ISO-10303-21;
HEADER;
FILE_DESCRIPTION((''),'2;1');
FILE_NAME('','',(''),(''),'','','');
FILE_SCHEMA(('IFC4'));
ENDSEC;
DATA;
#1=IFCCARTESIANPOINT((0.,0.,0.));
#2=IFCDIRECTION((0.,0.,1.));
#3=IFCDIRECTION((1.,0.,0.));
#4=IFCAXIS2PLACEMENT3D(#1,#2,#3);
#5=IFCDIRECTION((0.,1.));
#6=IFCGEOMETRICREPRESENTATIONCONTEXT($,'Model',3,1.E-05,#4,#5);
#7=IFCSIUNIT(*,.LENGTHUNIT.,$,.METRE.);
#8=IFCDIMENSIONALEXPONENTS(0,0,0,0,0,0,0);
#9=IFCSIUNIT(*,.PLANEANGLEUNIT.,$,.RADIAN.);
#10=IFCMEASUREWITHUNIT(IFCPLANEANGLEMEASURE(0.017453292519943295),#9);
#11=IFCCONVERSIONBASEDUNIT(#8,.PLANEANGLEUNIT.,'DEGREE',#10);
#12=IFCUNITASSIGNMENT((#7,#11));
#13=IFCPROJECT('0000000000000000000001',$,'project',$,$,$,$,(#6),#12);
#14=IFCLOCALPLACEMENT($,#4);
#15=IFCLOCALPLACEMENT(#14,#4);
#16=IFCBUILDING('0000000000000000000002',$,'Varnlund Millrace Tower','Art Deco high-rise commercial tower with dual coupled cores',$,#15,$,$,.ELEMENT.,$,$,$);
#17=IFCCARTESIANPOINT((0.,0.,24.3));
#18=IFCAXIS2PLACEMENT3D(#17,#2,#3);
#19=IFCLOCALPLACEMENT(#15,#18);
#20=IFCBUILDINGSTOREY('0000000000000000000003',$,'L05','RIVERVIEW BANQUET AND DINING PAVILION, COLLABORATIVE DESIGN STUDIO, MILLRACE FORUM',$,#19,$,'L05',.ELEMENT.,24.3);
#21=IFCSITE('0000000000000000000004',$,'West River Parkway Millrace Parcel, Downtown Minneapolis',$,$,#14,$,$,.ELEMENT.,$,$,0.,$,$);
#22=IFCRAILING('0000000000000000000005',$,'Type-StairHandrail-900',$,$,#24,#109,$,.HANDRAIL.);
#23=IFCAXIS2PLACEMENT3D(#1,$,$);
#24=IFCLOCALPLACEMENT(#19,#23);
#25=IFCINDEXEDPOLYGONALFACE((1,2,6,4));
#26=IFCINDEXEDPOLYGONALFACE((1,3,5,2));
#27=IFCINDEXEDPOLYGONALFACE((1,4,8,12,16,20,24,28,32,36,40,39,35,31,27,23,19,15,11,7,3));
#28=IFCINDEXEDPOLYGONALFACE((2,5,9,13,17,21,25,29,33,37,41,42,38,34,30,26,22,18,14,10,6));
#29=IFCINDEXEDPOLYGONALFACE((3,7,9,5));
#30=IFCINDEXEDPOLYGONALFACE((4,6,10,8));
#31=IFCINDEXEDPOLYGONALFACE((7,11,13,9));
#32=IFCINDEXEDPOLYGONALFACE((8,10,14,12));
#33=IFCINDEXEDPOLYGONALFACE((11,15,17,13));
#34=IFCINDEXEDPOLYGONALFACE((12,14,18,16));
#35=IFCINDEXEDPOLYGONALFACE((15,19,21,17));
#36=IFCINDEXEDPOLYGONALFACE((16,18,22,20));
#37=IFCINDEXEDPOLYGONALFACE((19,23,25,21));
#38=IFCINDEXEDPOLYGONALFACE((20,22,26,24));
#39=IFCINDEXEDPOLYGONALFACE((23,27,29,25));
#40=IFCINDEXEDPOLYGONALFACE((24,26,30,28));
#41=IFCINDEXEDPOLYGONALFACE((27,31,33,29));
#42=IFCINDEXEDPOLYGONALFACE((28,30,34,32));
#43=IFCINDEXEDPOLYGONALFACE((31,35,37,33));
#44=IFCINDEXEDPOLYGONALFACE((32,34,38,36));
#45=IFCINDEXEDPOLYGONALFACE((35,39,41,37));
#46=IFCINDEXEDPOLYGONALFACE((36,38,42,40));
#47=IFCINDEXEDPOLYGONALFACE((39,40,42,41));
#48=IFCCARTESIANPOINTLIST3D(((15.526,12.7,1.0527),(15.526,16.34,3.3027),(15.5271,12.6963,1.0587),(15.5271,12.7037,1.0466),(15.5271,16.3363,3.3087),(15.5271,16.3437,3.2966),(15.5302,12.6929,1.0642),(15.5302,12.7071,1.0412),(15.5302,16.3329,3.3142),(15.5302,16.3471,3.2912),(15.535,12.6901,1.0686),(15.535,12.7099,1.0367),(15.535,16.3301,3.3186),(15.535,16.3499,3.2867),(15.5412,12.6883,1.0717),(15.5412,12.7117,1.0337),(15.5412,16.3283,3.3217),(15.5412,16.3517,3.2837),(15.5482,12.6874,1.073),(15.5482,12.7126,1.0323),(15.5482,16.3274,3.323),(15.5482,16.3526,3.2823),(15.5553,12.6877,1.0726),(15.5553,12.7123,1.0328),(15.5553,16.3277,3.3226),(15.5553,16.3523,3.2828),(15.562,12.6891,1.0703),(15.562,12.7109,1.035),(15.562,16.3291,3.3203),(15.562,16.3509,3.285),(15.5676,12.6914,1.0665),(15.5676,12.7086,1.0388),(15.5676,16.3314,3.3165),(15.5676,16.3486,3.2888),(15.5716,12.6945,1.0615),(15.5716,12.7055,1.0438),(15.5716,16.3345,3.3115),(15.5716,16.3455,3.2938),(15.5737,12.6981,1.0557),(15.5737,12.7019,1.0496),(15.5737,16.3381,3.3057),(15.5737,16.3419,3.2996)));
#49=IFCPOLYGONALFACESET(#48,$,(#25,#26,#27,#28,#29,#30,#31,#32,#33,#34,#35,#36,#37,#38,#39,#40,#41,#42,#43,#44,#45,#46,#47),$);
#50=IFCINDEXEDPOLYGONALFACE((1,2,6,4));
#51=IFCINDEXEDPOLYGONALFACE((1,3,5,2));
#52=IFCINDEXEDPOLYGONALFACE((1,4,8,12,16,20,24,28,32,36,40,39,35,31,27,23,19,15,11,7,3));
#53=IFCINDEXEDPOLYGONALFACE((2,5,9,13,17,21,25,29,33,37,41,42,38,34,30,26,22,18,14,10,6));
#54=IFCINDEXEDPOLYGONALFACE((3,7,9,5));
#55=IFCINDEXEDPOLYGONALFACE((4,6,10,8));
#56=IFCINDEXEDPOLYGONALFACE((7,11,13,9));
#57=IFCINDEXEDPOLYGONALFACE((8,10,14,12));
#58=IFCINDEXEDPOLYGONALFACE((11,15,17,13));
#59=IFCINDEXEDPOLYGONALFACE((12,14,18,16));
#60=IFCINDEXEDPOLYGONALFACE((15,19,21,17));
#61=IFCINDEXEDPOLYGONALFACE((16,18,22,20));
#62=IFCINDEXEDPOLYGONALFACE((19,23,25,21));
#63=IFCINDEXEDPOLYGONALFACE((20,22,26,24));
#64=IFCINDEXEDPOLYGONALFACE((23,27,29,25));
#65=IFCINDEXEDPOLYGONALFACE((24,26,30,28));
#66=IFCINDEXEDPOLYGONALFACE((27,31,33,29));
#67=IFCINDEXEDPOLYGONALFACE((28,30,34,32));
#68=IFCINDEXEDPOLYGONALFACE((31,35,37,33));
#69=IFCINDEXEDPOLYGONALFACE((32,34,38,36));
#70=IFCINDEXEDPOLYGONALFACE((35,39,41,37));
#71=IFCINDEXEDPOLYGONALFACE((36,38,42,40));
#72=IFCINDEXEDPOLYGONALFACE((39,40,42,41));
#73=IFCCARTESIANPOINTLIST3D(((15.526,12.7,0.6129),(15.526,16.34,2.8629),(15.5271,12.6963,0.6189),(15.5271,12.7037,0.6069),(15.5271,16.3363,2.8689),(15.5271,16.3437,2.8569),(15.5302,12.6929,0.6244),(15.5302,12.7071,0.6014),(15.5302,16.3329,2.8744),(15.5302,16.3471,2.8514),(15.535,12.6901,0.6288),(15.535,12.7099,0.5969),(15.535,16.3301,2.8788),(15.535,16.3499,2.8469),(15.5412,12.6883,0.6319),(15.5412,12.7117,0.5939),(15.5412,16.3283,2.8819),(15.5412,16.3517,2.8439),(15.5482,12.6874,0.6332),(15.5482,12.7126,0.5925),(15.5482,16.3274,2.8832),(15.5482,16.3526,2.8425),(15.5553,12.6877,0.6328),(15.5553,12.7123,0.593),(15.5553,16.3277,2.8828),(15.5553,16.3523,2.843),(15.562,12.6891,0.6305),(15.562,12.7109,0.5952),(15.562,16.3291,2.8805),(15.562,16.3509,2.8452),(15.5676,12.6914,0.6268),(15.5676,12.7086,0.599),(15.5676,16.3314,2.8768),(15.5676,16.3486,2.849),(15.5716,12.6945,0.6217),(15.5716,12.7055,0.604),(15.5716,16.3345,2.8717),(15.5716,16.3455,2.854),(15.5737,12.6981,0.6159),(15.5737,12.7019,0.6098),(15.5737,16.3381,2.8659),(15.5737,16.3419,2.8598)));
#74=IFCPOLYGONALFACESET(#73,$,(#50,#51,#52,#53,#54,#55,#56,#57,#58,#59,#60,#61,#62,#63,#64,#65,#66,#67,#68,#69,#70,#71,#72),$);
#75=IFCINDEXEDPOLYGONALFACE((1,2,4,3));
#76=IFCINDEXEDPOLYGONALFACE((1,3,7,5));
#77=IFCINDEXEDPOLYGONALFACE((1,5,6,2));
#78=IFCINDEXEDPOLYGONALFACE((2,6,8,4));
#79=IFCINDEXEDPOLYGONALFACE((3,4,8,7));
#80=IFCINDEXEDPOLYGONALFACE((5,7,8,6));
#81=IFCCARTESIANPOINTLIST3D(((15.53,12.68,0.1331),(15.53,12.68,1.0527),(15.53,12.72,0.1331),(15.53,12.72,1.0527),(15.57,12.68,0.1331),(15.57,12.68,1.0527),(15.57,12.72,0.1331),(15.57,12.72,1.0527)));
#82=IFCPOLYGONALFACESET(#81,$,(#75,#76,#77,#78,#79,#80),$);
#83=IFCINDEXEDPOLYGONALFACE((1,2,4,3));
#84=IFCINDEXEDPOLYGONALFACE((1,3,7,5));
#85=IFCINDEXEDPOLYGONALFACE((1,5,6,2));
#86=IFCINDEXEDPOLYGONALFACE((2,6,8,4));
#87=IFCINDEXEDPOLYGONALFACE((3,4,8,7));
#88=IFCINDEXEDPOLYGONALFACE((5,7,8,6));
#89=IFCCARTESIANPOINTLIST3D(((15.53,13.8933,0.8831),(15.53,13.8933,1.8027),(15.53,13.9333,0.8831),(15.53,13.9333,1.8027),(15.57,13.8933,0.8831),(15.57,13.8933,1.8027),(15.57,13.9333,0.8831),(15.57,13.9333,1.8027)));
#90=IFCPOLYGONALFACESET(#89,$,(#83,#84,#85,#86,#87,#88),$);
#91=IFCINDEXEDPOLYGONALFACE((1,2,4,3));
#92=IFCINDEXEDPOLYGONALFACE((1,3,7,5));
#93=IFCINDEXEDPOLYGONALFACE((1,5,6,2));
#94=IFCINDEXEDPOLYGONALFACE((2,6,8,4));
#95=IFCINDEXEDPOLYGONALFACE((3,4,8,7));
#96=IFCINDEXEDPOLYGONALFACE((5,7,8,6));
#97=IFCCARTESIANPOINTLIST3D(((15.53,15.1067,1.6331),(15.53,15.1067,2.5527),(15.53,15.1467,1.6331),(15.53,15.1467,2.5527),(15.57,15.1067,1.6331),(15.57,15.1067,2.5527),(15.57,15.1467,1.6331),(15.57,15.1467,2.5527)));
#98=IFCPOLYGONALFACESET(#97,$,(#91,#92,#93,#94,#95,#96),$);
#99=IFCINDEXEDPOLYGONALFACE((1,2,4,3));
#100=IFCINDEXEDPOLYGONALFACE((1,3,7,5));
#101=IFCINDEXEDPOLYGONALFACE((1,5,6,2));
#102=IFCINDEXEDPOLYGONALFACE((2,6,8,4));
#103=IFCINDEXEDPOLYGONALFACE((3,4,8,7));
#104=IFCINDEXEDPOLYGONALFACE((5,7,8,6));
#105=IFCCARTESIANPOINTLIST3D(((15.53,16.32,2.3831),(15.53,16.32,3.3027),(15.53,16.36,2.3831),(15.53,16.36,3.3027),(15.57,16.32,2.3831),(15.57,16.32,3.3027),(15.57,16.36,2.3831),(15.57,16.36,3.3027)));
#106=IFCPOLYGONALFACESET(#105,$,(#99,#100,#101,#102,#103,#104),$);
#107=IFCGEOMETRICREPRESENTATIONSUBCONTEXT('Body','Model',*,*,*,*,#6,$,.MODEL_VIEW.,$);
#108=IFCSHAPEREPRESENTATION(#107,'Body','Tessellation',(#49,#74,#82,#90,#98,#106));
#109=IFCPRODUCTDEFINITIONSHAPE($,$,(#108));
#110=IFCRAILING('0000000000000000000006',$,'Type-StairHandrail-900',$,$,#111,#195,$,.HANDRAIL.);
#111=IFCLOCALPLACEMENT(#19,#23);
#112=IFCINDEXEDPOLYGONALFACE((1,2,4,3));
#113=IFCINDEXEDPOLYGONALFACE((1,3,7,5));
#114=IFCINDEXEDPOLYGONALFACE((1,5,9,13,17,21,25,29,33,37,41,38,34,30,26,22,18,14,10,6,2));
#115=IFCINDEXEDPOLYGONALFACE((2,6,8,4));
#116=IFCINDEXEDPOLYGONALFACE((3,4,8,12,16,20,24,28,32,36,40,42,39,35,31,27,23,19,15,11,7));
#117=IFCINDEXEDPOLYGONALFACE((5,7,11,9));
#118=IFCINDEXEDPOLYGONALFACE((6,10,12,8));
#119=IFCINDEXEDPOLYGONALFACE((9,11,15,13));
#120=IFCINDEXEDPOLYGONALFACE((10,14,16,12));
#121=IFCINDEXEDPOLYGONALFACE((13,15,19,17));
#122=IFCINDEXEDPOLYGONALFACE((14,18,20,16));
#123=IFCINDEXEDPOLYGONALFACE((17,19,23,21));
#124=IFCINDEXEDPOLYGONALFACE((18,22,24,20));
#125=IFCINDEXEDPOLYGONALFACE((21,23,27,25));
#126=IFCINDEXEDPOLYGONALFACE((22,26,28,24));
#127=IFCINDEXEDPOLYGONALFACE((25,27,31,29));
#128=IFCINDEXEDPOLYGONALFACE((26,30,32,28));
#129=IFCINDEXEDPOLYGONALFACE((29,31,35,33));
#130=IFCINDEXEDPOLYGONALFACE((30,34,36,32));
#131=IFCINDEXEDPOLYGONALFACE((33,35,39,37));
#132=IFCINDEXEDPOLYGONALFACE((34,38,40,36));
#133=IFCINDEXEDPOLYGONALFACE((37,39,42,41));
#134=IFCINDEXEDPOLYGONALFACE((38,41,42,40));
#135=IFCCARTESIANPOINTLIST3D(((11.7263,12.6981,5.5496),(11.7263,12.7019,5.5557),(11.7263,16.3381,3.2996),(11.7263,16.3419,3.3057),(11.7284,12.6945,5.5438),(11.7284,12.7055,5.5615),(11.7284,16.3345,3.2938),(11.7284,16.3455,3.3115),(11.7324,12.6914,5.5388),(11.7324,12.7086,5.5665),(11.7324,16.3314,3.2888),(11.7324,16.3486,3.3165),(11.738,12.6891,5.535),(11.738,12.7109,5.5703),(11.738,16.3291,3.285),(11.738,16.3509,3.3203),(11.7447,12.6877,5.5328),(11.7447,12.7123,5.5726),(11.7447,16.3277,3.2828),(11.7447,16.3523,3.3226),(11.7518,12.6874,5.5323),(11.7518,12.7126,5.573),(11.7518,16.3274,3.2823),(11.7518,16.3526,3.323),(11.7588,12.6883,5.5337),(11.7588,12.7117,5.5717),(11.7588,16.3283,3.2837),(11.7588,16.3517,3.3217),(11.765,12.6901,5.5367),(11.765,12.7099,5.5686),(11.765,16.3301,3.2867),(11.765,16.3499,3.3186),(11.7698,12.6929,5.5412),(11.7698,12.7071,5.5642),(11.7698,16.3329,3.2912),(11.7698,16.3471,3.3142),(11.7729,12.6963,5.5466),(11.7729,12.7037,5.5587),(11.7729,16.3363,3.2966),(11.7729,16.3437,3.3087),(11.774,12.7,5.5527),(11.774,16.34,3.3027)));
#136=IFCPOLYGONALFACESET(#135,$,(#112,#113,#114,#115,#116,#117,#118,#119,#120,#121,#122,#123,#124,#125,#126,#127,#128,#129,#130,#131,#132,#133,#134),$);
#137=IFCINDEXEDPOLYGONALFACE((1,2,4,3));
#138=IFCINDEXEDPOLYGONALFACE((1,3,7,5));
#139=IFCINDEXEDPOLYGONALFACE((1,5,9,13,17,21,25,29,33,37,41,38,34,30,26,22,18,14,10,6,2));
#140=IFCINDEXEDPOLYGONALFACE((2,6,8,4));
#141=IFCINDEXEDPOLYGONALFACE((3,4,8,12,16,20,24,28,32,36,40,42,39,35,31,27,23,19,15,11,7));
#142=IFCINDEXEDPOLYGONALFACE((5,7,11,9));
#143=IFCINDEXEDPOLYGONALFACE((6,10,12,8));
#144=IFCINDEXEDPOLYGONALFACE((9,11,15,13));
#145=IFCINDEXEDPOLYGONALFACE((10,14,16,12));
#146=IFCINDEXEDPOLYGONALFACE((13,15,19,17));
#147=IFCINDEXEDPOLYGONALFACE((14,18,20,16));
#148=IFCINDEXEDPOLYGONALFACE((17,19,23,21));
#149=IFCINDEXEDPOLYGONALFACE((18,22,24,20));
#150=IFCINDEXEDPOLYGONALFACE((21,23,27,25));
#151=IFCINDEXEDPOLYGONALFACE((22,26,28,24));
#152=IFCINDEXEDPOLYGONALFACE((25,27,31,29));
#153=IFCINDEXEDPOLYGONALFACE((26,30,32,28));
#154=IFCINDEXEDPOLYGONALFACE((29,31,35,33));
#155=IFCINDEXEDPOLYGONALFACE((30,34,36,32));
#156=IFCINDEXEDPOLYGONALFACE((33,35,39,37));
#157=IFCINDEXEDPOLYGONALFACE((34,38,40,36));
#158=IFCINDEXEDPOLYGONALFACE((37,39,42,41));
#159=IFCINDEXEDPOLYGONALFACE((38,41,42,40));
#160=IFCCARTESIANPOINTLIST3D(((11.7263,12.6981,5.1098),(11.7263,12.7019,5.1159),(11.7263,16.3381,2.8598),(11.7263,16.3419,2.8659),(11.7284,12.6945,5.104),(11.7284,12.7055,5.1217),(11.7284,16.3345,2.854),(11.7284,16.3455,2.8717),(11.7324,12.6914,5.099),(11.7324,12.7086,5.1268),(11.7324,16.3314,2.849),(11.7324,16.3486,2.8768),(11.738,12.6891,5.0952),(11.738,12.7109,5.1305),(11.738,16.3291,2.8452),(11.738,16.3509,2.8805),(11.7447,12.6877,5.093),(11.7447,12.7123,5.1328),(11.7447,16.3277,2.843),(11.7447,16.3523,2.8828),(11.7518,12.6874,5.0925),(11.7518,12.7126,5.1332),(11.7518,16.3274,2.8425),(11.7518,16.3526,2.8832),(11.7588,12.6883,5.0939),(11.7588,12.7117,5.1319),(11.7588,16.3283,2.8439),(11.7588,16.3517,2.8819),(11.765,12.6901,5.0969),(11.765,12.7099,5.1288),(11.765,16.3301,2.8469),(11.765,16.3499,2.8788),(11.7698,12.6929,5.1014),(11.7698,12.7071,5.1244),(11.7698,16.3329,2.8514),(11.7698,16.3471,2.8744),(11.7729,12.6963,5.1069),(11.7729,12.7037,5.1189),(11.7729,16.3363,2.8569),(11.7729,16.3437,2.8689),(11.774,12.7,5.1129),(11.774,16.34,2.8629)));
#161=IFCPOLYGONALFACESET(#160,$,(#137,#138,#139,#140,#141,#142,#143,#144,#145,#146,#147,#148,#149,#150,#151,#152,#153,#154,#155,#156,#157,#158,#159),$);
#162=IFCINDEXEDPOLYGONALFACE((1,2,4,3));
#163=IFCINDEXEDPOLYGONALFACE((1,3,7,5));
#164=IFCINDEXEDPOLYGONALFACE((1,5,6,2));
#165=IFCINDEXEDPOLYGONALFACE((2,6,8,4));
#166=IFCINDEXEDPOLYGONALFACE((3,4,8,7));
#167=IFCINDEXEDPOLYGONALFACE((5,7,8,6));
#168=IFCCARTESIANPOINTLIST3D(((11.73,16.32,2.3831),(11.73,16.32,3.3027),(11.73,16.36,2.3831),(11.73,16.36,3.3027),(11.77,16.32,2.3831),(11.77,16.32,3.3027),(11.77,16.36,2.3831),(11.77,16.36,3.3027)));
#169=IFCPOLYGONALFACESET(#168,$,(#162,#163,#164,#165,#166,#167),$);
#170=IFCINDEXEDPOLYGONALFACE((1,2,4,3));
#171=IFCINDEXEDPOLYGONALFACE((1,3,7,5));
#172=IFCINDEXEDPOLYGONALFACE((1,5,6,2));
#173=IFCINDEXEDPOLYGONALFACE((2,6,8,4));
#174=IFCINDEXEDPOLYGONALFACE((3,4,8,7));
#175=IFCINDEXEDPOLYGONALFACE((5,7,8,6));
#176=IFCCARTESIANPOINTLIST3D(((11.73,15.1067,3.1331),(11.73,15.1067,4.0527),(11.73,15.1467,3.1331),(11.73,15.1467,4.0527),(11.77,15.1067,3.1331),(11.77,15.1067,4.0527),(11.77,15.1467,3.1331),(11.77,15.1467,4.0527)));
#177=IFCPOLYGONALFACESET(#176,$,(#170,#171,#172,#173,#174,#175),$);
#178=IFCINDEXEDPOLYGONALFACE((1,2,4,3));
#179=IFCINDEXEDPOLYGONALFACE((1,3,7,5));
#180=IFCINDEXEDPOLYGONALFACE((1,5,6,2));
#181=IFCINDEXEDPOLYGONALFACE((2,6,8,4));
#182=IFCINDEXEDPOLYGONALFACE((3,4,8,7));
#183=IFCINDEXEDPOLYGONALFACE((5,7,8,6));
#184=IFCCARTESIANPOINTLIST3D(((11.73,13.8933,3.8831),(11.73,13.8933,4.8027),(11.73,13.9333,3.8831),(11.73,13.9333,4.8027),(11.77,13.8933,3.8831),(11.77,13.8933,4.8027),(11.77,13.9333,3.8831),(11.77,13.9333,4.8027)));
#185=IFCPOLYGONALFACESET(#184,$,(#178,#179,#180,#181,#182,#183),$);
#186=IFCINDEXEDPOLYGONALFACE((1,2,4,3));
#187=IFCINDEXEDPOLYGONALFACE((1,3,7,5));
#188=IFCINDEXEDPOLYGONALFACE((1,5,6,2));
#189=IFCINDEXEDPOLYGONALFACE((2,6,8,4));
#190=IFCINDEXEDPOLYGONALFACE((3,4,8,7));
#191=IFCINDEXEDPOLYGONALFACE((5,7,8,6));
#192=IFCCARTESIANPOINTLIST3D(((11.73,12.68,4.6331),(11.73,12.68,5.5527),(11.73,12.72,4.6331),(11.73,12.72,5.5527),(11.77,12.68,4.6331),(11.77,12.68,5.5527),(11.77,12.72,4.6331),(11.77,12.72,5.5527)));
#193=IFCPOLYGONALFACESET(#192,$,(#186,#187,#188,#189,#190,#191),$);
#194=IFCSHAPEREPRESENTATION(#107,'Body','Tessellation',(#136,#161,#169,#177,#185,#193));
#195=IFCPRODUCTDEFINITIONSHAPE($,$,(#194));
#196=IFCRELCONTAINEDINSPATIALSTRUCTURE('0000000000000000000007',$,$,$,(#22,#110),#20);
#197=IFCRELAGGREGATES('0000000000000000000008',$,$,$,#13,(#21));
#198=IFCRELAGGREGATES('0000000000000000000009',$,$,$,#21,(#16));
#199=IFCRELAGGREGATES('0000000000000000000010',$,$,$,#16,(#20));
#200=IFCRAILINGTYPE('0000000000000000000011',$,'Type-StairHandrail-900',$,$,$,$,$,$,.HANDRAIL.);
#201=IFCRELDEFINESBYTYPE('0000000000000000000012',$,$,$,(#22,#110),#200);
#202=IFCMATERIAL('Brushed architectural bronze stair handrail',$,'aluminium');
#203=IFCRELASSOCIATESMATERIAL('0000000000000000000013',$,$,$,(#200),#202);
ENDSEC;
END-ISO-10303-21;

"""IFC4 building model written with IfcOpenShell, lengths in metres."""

from ifc_helpers import new_model, entity, si_unit, converted_unit, direction, frame, origin_with_axes, origin_2d_with_axis, place, context, subcontext, project, spatial, rectangle, circle, extrude, material, type_object, element, save


model = new_model("IFC4")

# Units and contexts
model_context = context("Model", 3, precision=1e-05, world=origin_with_axes(), true_north=direction((0.0, 1.0)))
body_context = subcontext(model_context, "Body", "Model", "MODEL_VIEW")
ifc_project = project(units=[si_unit("LENGTHUNIT", "METRE"), converted_unit("PLANEANGLEUNIT", "DEGREE", entity("IfcPlaneAngleMeasure", 0.017453292519943295), si_unit("PLANEANGLEUNIT", "RADIAN"), dimensions=[0, 0, 0, 0, 0, 0, 0])], contexts=[model_context])

# Site, building, storey
site_placement = place(None, origin_with_axes())
site = spatial("IfcSite", under=ifc_project, at=site_placement, Name="West River Parkway Millrace Parcel, Downtown Minneapolis", CompositionType="ELEMENT", RefElevation=0.0)
building_placement = place(site_placement, origin_with_axes())
building = spatial("IfcBuilding", under=site, at=building_placement, Name="Varnlund Millrace Tower", Description="Art Deco high-rise commercial tower with dual coupled cores", CompositionType="ELEMENT")
storey_placement = place(building_placement, frame((0.0, 0.0, 24.3), z_axis=(0.0, 0.0, 1.0), x_axis=(1.0, 0.0, 0.0)))
storey = spatial("IfcBuildingStorey", under=building, at=storey_placement, Name="L05", Description="RIVERVIEW BANQUET AND DINING PAVILION, COLLABORATIVE DESIGN STUDIO, MILLRACE FORUM", LongName="L05", CompositionType="ELEMENT", Elevation=24.3)

# Railings
ifc_material_1 = material(Name="Brushed architectural bronze stair handrail", Category="aluminium")
railing_type_1 = type_object("IfcRailingType", Name="Type-StairHandrail-900", PredefinedType="HANDRAIL", material=ifc_material_1)
railing_1_placement = place(storey_placement, frame((0.0, 0.0, -24.3), z_axis=(0.0, 0.0, 1.0), x_axis=(1.0, 0.0, 0.0)))
element("IfcRailing", 1, at=railing_1_placement, inside=storey, type_object=railing_type_1, Name="Type-StairHandrail-900", PredefinedType="HANDRAIL", context=body_context, shape_type="SweptSolid", body=[
    extrude(circle(Radius=0.024, at=origin_2d_with_axis()), frame((15.55, 12.7, 25.3527), z_axis=(0.0, 0.850614, 0.525791), x_axis=(-1.0, 0.0, 0.0)), (0.0, 0.0, 1.0), 4.2793),
    extrude(circle(Radius=0.024, at=origin_2d_with_axis()), frame((15.55, 12.7, 24.9129), z_axis=(0.0, 0.850614, 0.525791), x_axis=(-1.0, 0.0, 0.0)), (0.0, 0.0, 1.0), 4.2793),
    extrude(rectangle(XDim=0.04, YDim=0.04, at=origin_2d_with_axis()), frame((15.55, 12.7, 24.4331), z_axis=(0.0, 0.0, 1.0), x_axis=(1.0, 0.0, 0.0)), (0.0, 0.0, 1.0), 0.9196),
    extrude(rectangle(XDim=0.04, YDim=0.04, at=origin_2d_with_axis()), frame((15.55, 13.9133, 25.1831), z_axis=(0.0, 0.0, 1.0), x_axis=(1.0, 0.0, 0.0)), (0.0, 0.0, 1.0), 0.9196),
    extrude(rectangle(XDim=0.04, YDim=0.04, at=origin_2d_with_axis()), frame((15.55, 15.1267, 25.9331), z_axis=(0.0, 0.0, 1.0), x_axis=(1.0, 0.0, 0.0)), (0.0, 0.0, 1.0), 0.9196),
    extrude(rectangle(XDim=0.04, YDim=0.04, at=origin_2d_with_axis()), frame((15.55, 16.34, 26.6831), z_axis=(0.0, 0.0, 1.0), x_axis=(1.0, 0.0, 0.0)), (0.0, 0.0, 1.0), 0.9196),
])
railing_2_placement = place(storey_placement, frame((0.0, 0.0, -24.3), z_axis=(0.0, 0.0, 1.0), x_axis=(1.0, 0.0, 0.0)))
element("IfcRailing", 2, at=railing_2_placement, inside=storey, type_object=railing_type_1, Name="Type-StairHandrail-900", PredefinedType="HANDRAIL", context=body_context, shape_type="SweptSolid", body=[
    extrude(circle(Radius=0.024, at=origin_2d_with_axis()), frame((11.75, 16.34, 27.6027), z_axis=(0.0, -0.850614, 0.525791), x_axis=(1.0, 0.0, 0.0)), (0.0, 0.0, 1.0), 4.2793),
    extrude(circle(Radius=0.024, at=origin_2d_with_axis()), frame((11.75, 16.34, 27.1629), z_axis=(0.0, -0.850614, 0.525791), x_axis=(1.0, 0.0, 0.0)), (0.0, 0.0, 1.0), 4.2793),
    extrude(rectangle(XDim=0.04, YDim=0.04, at=origin_2d_with_axis()), frame((11.75, 16.34, 26.6831), z_axis=(0.0, 0.0, 1.0), x_axis=(1.0, 0.0, 0.0)), (0.0, 0.0, 1.0), 0.9196),
    extrude(rectangle(XDim=0.04, YDim=0.04, at=origin_2d_with_axis()), frame((11.75, 15.1267, 27.4331), z_axis=(0.0, 0.0, 1.0), x_axis=(1.0, 0.0, 0.0)), (0.0, 0.0, 1.0), 0.9196),
    extrude(rectangle(XDim=0.04, YDim=0.04, at=origin_2d_with_axis()), frame((11.75, 13.9133, 28.1831), z_axis=(0.0, 0.0, 1.0), x_axis=(1.0, 0.0, 0.0)), (0.0, 0.0, 1.0), 0.9196),
    extrude(rectangle(XDim=0.04, YDim=0.04, at=origin_2d_with_axis()), frame((11.75, 12.7, 28.9331), z_axis=(0.0, 0.0, 1.0), x_axis=(1.0, 0.0, 0.0)), (0.0, 0.0, 1.0), 0.9196),
])

save(model, "model.ifc")
